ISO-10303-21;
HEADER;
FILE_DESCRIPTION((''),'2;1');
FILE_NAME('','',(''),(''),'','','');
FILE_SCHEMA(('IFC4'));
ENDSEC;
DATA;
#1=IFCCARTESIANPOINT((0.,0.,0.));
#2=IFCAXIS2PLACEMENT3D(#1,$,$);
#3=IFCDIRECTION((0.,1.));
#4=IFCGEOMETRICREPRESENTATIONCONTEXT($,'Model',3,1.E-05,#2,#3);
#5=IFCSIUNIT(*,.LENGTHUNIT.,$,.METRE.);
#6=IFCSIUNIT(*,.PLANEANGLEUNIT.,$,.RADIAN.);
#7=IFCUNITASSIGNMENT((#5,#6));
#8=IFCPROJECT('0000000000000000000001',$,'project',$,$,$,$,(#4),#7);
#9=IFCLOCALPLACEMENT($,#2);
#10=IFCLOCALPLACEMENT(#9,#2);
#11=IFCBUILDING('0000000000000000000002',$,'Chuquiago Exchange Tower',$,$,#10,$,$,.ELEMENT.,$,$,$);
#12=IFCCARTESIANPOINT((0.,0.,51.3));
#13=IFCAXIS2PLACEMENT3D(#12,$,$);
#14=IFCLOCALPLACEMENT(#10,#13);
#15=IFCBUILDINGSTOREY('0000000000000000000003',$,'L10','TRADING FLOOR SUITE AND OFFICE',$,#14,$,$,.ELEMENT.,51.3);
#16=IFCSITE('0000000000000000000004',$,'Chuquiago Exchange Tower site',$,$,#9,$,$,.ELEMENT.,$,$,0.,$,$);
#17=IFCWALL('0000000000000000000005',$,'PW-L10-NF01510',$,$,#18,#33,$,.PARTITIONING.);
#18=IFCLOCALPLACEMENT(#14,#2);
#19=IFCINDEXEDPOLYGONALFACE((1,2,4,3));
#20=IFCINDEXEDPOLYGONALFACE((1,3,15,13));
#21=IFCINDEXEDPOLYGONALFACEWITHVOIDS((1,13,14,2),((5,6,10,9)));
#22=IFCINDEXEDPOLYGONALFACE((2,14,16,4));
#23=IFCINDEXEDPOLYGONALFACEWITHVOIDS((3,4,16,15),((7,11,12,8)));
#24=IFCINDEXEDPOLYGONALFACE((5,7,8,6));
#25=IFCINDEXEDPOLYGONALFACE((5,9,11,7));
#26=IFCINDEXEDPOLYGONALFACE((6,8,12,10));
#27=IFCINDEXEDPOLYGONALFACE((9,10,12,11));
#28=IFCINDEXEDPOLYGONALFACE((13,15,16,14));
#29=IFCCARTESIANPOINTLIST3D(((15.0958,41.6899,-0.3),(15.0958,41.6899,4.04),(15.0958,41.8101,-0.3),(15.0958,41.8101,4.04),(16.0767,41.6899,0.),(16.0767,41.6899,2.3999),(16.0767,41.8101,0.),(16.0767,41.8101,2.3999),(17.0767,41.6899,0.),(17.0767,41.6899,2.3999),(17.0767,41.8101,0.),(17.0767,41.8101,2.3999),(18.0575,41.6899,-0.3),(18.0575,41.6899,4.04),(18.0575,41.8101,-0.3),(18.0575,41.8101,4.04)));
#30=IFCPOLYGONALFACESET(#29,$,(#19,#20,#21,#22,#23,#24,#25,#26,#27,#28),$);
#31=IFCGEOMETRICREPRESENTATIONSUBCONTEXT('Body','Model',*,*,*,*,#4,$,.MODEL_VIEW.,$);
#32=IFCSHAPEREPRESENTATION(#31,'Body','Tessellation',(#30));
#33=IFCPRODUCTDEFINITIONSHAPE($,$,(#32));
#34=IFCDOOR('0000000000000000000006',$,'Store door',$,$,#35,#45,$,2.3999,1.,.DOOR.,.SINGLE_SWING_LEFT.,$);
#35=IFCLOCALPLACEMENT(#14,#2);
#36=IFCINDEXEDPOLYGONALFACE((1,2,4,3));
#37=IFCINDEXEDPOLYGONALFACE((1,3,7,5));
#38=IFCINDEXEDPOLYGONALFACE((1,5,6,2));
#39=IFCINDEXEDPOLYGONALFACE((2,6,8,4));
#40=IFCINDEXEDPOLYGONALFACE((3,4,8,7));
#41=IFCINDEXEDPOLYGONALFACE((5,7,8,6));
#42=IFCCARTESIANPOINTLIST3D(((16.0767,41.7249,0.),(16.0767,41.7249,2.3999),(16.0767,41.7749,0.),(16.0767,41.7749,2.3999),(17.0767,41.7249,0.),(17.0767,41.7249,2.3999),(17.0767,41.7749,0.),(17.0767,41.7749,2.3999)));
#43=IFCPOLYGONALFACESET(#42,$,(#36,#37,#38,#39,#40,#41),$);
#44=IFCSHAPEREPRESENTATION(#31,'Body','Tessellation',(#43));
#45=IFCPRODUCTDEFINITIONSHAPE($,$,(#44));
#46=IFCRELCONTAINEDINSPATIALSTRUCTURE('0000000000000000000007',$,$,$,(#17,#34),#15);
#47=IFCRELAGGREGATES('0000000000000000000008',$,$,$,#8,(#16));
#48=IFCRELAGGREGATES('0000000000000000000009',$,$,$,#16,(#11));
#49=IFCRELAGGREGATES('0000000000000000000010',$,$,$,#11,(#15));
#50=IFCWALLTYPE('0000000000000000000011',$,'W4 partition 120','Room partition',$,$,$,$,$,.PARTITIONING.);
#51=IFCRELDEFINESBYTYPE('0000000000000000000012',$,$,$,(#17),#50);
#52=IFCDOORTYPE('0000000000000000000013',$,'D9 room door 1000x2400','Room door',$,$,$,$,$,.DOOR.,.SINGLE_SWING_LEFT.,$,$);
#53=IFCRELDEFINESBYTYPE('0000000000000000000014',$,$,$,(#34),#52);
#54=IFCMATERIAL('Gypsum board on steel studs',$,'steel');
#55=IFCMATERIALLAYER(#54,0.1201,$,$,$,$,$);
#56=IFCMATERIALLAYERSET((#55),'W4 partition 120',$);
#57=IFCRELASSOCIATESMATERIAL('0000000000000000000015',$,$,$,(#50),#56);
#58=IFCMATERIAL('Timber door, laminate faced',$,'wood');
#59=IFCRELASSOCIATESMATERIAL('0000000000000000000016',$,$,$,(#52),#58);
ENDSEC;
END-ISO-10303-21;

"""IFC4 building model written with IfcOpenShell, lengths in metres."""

from ifc_helpers import new_model, si_unit, direction, frame, frame_2d, origin, place, context, subcontext, project, spatial, rectangle, extrude, material, layer, layer_set, type_object, element, fill, save


model = new_model("IFC4")

# Units and contexts
model_context = context("Model", 3, precision=1e-05, world=origin(), true_north=direction((0.0, 1.0)))
body_context = subcontext(model_context, "Body", "Model", "MODEL_VIEW")
ifc_project = project(units=[si_unit("LENGTHUNIT", "METRE"), si_unit("PLANEANGLEUNIT", "RADIAN")], contexts=[model_context])

# Site, building, storey
site_placement = place(None, origin())
site = spatial("IfcSite", under=ifc_project, at=site_placement, Name="Chuquiago Exchange Tower site", CompositionType="ELEMENT", RefElevation=0.0)
building_placement = place(site_placement, origin())
building = spatial("IfcBuilding", under=site, at=building_placement, Name="Chuquiago Exchange Tower", CompositionType="ELEMENT")
storey_placement = place(building_placement, frame((0.0, 0.0, 51.3)))
storey = spatial("IfcBuildingStorey", under=building, at=storey_placement, Name="L10", Description="TRADING FLOOR SUITE AND OFFICE", CompositionType="ELEMENT", Elevation=51.3)

# Shared definitions
ifc_material_1 = material(Name="Gypsum board on steel studs", Category="steel")
ifc_layer_1 = layer(ifc_material_1, 0.1201)
ifc_layer_set_1 = layer_set([ifc_layer_1], Name="W4 partition 120")
wall_type_1 = type_object("IfcWallType", Name="W4 partition 120", Description="Room partition", PredefinedType="PARTITIONING", material=ifc_layer_set_1)

# Wall, opening, door
ifc_material_2 = material(Name="Timber door, laminate faced", Category="wood")
door_type_1 = type_object("IfcDoorType", Name="D9 room door 1000x2400", Description="Room door", OperationType="SINGLE_SWING_LEFT", PredefinedType="DOOR", material=ifc_material_2)
wall_1_placement = place(storey_placement, frame((15.0957, 41.75, -0.3), z_axis=(0.0, 0.0, 1.0), x_axis=(1.0, 0.0, 0.0)))
wall_1 = element("IfcWall", 1, at=wall_1_placement, inside=storey, type_object=wall_type_1, Name="PW-L10-NF01510", PredefinedType="PARTITIONING", context=body_context, shape_type="SweptSolid", body=[
    extrude(rectangle(XDim=2.9617, YDim=0.1201, at=frame_2d((1.481, 0.0))), origin(), (0.0, 0.0, 1.0), 4.3401),
])
opening_1_placement = place(wall_1_placement, frame((0.981, 0.0, 0.3)))
opening_1 = element("IfcOpeningElement", 2, at=opening_1_placement, cuts=wall_1, PredefinedType="OPENING", context=body_context, shape_type="SweptSolid", body=[
    extrude(rectangle(XDim=1.0, YDim=2.3999, at=frame_2d((0.5, 1.2))), frame((0.0, 0.0701, 0.0), z_axis=(0.0, -1.0, 0.0), x_axis=(1.0, 0.0, 0.0)), (0.0, 0.0, 1.0), 0.1401),
])
door_1_placement = place(opening_1_placement, origin())
door_1 = element("IfcDoor", 3, at=door_1_placement, inside=storey, type_object=door_type_1, Name="Store door", OperationType="SINGLE_SWING_LEFT", OverallHeight=2.3999, OverallWidth=1.0, PredefinedType="DOOR", context=body_context, shape_type="SweptSolid", body=[
    extrude(rectangle(XDim=1.0, YDim=2.3999, at=frame_2d((0.5, 1.2))), frame((0.0, 0.0249, 0.0), z_axis=(0.0, -1.0, 0.0), x_axis=(1.0, 0.0, 0.0)), (0.0, 0.0, 1.0), 0.05),
])
fill(opening_1, door_1)

save(model, "model.ifc")
